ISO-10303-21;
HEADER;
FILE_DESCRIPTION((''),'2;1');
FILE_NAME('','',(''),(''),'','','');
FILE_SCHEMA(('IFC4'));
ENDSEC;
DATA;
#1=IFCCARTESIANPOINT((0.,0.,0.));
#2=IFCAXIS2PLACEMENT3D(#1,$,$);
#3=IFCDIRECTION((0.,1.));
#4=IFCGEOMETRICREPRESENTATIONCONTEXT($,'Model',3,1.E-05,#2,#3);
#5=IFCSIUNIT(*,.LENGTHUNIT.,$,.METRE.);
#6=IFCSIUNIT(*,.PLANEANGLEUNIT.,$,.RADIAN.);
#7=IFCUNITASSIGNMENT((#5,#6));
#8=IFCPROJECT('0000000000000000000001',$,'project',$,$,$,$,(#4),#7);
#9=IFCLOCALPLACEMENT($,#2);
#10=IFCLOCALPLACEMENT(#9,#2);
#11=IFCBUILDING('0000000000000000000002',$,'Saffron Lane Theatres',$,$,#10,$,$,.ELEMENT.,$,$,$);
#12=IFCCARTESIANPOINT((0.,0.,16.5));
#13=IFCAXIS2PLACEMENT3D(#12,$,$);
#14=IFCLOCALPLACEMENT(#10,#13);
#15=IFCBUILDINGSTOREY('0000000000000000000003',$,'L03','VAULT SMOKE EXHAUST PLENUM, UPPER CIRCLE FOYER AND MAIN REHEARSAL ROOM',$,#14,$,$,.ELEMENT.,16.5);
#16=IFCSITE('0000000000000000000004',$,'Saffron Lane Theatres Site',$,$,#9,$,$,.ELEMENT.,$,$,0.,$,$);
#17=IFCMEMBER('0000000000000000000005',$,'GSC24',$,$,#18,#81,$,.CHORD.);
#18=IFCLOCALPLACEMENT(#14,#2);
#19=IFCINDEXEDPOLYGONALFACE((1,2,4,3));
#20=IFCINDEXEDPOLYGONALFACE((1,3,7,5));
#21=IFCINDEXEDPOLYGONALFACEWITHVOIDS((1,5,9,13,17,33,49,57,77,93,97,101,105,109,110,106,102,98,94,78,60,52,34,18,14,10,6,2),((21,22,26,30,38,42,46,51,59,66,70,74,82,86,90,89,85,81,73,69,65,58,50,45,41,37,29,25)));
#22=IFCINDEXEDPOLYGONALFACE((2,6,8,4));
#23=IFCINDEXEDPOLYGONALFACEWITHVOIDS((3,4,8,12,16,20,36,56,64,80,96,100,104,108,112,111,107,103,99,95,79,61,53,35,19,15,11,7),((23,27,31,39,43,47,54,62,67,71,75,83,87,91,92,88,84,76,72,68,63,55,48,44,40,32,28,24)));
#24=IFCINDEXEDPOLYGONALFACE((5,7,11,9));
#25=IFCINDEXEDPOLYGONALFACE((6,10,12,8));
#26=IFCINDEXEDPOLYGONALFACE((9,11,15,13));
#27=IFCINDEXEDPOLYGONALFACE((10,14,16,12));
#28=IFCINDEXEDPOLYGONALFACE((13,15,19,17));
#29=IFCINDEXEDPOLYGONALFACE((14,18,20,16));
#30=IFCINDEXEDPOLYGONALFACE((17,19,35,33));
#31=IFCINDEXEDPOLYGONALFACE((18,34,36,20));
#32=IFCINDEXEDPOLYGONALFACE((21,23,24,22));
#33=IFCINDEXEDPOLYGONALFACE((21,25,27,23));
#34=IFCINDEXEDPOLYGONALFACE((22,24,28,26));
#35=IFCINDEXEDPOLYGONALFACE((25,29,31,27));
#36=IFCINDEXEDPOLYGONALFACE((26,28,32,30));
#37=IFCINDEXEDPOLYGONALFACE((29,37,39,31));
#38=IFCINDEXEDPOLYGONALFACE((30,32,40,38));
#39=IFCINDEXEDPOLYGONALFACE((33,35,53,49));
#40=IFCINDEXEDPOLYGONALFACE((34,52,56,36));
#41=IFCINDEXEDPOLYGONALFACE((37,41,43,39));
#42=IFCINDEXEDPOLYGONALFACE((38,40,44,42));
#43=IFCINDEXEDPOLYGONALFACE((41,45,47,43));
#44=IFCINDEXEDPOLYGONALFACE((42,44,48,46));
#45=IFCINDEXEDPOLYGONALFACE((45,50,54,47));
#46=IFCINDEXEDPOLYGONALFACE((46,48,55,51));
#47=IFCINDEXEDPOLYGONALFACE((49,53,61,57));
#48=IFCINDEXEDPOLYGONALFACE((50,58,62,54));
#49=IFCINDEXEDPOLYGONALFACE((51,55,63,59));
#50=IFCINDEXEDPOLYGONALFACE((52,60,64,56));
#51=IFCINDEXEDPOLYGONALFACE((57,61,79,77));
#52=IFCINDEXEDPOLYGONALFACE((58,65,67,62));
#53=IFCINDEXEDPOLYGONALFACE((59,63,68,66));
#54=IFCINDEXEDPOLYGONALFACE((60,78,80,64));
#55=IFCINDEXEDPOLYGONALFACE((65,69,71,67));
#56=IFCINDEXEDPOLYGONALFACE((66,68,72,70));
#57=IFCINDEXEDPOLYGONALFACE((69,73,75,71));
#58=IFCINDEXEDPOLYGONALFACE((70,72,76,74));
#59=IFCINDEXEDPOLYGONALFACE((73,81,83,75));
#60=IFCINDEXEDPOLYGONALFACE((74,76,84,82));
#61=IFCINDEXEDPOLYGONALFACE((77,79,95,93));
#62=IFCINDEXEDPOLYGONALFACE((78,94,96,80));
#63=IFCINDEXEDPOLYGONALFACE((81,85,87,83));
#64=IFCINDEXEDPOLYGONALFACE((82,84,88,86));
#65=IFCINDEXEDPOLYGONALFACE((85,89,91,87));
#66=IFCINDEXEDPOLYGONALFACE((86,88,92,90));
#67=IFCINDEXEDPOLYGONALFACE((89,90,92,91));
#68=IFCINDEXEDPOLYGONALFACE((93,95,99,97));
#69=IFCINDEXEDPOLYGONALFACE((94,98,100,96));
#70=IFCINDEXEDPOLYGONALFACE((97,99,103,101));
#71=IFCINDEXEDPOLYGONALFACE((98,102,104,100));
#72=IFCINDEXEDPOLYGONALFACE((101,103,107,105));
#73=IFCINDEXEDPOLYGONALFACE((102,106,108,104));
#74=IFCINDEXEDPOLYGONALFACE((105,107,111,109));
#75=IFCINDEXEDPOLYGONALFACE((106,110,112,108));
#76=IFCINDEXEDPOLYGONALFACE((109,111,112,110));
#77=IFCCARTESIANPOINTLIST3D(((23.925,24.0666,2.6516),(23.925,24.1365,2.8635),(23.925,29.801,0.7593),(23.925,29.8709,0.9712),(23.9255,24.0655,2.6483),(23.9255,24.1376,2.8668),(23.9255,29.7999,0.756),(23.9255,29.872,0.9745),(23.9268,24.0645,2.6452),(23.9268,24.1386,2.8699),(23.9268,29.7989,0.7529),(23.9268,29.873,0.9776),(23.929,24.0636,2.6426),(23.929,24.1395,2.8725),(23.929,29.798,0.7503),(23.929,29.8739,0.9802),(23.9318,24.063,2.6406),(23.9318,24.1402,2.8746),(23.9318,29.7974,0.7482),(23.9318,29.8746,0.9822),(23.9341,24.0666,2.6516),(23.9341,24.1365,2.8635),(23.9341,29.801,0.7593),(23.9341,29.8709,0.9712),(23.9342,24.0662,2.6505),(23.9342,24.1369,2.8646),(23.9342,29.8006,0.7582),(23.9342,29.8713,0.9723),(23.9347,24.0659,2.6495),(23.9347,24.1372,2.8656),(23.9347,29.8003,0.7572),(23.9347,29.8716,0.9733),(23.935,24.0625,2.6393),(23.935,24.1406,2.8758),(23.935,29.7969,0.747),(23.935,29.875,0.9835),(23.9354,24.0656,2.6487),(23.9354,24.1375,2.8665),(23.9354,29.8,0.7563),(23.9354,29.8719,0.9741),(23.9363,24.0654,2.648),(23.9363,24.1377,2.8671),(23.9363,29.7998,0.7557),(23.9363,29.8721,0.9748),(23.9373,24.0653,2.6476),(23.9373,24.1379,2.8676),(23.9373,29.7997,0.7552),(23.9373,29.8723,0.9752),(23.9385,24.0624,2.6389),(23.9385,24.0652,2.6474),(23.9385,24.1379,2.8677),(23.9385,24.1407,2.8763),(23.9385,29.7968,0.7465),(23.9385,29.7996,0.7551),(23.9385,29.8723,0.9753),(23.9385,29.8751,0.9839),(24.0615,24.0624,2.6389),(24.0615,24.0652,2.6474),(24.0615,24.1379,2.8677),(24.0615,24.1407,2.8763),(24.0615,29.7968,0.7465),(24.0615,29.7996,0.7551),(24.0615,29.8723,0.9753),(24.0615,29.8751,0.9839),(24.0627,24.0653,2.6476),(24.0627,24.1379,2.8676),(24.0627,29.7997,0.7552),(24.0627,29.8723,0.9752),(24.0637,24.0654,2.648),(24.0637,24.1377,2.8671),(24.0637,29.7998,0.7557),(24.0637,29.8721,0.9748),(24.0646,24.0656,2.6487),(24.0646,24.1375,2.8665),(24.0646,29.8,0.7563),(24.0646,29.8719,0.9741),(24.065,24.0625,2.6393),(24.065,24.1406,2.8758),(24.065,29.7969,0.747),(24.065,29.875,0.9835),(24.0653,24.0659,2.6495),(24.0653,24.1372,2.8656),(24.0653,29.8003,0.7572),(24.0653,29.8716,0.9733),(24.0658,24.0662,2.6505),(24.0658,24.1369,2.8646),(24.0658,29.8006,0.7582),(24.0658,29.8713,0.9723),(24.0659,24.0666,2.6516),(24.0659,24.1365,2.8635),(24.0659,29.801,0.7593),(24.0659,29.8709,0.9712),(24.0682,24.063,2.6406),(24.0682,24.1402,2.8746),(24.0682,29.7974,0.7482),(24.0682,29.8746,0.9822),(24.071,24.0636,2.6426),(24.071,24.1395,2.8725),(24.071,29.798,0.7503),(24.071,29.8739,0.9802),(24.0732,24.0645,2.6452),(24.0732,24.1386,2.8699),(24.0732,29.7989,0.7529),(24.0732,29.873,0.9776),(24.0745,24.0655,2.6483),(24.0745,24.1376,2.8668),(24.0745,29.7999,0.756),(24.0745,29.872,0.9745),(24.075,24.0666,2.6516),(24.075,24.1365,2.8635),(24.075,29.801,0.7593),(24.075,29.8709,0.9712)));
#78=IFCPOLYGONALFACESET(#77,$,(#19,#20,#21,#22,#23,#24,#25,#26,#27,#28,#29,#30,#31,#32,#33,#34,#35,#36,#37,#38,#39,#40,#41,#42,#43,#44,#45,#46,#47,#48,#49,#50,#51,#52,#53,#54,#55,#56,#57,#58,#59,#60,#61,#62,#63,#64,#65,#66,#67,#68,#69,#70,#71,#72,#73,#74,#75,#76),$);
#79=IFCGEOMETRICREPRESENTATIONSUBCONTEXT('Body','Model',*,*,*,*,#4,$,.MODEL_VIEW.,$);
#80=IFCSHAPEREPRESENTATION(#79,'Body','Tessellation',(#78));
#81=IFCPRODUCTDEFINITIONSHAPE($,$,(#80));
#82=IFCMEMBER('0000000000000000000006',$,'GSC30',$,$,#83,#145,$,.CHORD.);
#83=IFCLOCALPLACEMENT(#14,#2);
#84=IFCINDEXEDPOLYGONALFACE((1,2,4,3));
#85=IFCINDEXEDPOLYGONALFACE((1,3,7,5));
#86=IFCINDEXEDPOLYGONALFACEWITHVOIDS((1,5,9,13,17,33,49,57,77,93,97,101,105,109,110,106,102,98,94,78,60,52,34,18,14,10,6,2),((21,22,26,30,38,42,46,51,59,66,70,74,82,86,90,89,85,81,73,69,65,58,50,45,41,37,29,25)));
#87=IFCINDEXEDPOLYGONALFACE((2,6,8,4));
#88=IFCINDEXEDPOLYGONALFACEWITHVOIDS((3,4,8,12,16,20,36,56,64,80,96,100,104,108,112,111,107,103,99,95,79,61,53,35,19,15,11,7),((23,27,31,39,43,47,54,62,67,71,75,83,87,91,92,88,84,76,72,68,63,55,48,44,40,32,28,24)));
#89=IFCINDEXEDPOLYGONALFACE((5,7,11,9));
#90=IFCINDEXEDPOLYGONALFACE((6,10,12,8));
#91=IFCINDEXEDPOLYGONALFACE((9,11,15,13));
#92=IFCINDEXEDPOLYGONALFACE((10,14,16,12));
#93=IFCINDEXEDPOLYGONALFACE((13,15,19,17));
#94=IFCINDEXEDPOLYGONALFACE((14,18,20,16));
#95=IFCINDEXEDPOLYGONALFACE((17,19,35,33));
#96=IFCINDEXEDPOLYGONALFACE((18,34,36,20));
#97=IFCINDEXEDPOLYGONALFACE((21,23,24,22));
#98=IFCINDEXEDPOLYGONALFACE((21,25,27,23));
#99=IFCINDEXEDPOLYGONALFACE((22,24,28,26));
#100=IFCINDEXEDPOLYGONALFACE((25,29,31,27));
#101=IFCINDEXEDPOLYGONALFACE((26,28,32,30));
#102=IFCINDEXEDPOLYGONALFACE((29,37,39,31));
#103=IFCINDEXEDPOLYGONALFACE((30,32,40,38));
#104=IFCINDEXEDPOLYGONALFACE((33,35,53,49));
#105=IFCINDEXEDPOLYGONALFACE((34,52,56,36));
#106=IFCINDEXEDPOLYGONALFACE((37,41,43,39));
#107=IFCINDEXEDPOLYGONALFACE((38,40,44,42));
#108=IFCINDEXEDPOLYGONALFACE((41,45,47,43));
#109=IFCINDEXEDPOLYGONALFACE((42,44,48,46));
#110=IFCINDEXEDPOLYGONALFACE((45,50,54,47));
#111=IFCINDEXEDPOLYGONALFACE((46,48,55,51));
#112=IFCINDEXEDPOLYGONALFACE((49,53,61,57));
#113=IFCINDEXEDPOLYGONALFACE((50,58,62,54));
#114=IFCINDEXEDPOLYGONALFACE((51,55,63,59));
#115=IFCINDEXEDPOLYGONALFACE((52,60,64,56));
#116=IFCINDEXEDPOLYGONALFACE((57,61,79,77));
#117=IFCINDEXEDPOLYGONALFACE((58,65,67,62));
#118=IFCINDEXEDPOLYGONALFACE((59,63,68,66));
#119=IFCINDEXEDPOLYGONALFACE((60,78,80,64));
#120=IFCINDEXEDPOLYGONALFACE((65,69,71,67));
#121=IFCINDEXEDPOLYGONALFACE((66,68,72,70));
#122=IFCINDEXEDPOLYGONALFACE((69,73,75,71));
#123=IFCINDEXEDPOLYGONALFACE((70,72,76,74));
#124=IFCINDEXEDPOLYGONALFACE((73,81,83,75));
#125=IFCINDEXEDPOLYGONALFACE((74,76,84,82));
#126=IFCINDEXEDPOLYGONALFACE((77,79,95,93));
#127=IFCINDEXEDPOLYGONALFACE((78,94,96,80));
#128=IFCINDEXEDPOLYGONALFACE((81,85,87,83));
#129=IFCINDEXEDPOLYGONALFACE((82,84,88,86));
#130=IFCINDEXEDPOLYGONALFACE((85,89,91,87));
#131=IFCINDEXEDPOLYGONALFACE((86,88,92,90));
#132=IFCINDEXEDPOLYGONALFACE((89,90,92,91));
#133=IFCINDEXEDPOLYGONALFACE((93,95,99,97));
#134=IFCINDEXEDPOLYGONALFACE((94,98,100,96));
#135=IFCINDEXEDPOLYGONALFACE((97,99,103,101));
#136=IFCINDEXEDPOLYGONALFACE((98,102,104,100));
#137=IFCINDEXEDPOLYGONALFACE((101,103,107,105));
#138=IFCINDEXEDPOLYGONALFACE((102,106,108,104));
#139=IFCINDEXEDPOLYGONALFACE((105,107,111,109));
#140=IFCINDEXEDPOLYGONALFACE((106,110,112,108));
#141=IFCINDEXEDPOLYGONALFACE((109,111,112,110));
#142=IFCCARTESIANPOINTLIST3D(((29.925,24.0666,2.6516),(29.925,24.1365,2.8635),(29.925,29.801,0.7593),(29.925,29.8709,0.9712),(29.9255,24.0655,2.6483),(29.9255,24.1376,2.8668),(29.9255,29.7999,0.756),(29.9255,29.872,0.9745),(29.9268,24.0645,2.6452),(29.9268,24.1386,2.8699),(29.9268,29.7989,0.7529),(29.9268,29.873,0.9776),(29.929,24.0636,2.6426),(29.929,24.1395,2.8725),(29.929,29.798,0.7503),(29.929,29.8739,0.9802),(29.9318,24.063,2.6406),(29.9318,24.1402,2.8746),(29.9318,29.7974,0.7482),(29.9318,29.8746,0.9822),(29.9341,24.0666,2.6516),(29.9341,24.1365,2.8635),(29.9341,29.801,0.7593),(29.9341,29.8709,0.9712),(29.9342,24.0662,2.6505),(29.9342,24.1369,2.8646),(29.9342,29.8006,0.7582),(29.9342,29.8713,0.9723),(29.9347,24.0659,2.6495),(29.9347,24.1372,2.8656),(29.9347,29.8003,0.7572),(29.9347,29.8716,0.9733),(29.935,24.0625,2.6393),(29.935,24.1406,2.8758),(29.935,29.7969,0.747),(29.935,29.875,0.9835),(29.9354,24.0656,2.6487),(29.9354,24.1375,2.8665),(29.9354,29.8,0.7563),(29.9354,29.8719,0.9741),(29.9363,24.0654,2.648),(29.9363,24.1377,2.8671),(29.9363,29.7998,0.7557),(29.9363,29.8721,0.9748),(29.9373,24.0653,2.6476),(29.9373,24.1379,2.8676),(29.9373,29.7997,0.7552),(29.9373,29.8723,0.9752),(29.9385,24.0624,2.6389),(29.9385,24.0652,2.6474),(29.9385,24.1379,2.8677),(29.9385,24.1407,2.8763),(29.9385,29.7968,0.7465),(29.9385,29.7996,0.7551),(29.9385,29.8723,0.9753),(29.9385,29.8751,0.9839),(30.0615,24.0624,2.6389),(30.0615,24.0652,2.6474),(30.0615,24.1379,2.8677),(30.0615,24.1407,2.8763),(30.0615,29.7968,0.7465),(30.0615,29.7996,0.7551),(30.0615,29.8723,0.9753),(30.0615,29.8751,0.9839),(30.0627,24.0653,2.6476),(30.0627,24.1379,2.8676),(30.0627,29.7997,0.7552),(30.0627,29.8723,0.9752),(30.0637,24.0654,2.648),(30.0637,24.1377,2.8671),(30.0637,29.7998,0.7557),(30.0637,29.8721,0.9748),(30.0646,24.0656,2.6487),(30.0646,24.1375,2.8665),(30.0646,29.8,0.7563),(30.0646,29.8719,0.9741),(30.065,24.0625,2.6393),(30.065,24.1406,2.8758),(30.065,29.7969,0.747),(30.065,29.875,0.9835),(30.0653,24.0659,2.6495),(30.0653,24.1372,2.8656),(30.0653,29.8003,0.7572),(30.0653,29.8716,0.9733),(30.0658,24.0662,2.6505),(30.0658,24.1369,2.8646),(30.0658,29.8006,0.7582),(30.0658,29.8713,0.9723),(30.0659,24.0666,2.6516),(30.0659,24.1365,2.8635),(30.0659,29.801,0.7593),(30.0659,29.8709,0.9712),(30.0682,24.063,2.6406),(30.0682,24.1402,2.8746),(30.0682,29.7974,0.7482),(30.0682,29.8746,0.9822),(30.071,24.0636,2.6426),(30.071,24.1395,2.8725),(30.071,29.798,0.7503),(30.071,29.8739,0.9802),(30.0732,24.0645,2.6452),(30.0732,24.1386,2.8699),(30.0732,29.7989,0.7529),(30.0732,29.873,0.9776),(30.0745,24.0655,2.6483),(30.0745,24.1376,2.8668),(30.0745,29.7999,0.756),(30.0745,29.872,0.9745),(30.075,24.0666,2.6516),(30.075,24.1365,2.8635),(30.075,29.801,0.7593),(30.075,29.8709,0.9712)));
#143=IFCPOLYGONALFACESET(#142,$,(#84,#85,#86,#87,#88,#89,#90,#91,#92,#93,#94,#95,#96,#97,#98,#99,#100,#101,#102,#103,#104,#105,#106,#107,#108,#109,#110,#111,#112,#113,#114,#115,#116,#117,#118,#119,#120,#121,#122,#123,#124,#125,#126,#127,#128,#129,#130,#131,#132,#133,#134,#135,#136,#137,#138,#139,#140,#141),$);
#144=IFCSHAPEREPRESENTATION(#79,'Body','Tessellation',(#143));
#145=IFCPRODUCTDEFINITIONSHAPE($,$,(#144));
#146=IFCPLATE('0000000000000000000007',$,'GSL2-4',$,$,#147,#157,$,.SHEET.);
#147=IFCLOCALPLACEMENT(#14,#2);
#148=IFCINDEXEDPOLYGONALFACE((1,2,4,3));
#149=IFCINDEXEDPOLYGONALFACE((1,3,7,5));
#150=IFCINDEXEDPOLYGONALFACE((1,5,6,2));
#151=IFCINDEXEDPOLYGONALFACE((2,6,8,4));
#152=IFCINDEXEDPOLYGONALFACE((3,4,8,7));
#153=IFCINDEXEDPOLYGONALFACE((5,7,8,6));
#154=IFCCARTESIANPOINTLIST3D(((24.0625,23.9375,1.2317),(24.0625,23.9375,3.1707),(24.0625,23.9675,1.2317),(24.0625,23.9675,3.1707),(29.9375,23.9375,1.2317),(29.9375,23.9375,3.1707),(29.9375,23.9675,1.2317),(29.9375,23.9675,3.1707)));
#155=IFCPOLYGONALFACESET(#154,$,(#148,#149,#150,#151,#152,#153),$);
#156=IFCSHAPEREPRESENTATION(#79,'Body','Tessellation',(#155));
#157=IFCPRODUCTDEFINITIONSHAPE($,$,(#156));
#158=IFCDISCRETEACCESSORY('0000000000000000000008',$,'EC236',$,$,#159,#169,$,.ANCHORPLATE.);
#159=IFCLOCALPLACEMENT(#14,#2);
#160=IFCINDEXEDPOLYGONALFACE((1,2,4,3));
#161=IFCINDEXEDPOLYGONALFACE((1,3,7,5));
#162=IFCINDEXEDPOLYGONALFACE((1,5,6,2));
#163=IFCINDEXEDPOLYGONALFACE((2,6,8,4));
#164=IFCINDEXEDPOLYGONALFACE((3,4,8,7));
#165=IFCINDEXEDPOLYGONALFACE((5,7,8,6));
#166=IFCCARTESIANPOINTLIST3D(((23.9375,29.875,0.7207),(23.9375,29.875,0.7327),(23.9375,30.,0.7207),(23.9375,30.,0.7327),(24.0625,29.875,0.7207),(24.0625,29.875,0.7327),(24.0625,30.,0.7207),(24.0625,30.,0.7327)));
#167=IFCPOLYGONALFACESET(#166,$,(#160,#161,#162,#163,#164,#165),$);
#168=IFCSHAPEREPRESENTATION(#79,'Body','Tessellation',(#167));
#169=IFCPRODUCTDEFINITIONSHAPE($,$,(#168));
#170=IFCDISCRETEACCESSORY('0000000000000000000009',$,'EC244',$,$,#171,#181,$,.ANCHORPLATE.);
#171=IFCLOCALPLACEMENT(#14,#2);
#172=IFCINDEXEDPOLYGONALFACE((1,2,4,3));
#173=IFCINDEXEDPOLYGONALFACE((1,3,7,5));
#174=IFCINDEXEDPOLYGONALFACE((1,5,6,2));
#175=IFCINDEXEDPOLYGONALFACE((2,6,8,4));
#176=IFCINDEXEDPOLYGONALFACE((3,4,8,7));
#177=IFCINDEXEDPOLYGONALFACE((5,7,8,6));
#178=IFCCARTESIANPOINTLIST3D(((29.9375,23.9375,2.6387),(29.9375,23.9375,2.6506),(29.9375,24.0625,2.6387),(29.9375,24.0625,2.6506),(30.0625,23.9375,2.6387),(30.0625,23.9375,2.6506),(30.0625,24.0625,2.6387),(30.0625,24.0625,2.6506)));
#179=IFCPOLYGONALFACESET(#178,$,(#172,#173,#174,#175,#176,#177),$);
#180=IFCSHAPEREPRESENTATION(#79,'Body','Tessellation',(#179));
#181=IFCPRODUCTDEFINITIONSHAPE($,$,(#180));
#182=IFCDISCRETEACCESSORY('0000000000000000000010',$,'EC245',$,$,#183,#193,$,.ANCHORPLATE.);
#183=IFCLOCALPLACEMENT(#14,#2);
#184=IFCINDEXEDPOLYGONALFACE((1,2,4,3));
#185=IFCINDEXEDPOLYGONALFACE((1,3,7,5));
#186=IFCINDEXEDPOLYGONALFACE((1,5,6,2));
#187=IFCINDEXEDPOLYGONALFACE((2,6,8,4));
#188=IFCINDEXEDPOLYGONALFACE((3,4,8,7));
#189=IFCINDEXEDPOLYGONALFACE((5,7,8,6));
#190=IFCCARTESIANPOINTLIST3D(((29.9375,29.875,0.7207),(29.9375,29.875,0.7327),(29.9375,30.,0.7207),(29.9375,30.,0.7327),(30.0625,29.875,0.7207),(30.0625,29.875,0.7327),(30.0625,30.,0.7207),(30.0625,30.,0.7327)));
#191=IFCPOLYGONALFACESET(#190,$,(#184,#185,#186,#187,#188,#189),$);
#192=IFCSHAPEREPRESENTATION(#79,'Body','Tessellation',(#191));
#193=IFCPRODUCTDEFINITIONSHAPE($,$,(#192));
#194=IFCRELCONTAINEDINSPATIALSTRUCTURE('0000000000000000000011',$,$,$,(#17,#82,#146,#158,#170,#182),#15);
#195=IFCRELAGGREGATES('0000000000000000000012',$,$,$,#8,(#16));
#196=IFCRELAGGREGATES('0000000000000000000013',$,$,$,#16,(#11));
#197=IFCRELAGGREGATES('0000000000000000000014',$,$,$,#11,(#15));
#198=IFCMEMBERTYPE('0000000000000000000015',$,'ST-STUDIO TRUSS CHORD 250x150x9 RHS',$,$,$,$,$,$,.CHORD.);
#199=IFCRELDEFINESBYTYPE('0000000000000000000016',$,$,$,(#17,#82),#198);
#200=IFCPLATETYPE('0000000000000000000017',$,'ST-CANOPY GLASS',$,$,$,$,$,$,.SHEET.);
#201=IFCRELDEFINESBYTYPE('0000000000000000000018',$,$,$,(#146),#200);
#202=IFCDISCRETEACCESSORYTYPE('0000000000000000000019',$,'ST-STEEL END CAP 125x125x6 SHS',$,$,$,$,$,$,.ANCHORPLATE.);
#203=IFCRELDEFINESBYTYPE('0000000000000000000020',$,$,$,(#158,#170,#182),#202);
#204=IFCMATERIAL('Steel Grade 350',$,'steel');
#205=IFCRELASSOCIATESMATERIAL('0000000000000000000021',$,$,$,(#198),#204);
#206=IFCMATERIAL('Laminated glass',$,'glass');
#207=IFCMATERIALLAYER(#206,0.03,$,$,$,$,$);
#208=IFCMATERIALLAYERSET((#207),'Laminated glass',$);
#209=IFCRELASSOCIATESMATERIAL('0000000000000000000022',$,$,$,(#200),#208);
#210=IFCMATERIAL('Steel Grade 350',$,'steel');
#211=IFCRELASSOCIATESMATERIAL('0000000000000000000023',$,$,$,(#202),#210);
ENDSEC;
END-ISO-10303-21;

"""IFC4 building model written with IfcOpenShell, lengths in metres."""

from ifc_helpers import new_model, si_unit, direction, frame, origin, origin_2d, place, context, subcontext, project, spatial, polyline, rectangle, hollow_rectangle, outline, extrude, material, layer, layer_set, material_profile, profile_set, type_object, element, save


model = new_model("IFC4")

# Units and contexts
model_context = context("Model", 3, precision=1e-05, world=origin(), true_north=direction((0.0, 1.0)))
body_context = subcontext(model_context, "Body", "Model", "MODEL_VIEW")
ifc_project = project(units=[si_unit("LENGTHUNIT", "METRE"), si_unit("PLANEANGLEUNIT", "RADIAN")], contexts=[model_context])

# Site, building, storey
site_placement = place(None, origin())
site = spatial("IfcSite", under=ifc_project, at=site_placement, Name="Saffron Lane Theatres Site", CompositionType="ELEMENT", RefElevation=0.0)
building_placement = place(site_placement, origin())
building = spatial("IfcBuilding", under=site, at=building_placement, Name="Saffron Lane Theatres", CompositionType="ELEMENT")
storey_placement = place(building_placement, frame((0.0, 0.0, 16.5)))
storey = spatial("IfcBuildingStorey", under=building, at=storey_placement, Name="L03", Description="VAULT SMOKE EXHAUST PLENUM, UPPER CIRCLE FOYER AND MAIN REHEARSAL ROOM", CompositionType="ELEMENT", Elevation=16.5)

# Members
ifc_material_1 = material(Name="Steel Grade 350", Category="steel")
ifc_material_profile_1 = material_profile(ifc_material_1, hollow_rectangle(XDim=0.1499, YDim=0.25, WallThickness=0.009, InnerFilletRadius=0.0044, OuterFilletRadius=0.0134, at=origin_2d()))
ifc_profile_set_1 = profile_set([ifc_material_profile_1], Name="Steel Grade 350")
member_type_1 = type_object("IfcMemberType", Name="ST-STUDIO TRUSS CHORD 250x150x9 RHS", PredefinedType="CHORD", material=ifc_profile_set_1)
for number, where, z_axis, x_axis, name in (
    (1, (24.0, 24.1016, 2.7576), (0.0, 0.949629, -0.313376), (-1.0, 0.0, 0.0), "GSC24"),
    (2, (30.0, 24.1016, 2.7576), (0.0, 0.949629, -0.313376), (-1.0, 0.0, 0.0), "GSC30"),
):
    element("IfcMember", number, at=place(storey_placement, frame(where, z_axis=z_axis, x_axis=x_axis)), inside=storey, type_object=member_type_1, Name=name, PredefinedType="CHORD", context=body_context, shape_type="SweptSolid", body=[
        extrude(hollow_rectangle(XDim=0.1499, YDim=0.25, WallThickness=0.009, InnerFilletRadius=0.0044, OuterFilletRadius=0.0134, at=origin_2d()), origin(), (0.0, 0.0, 1.0), 6.0386),
    ])

# Plate
ifc_material_2 = material(Name="Laminated glass", Category="glass")
ifc_layer = layer(ifc_material_2, 0.03)
ifc_layer_set = layer_set([ifc_layer], Name="Laminated glass")
plate_type = type_object("IfcPlateType", Name="ST-CANOPY GLASS", PredefinedType="SHEET", material=ifc_layer_set)
plate_placement = place(storey_placement, frame((29.9375, 23.9375, 1.2317), z_axis=(0.0, -1.0, 0.0), x_axis=(0.0, 0.0, 1.0)))
element("IfcPlate", 3, at=plate_placement, inside=storey, type_object=plate_type, Name="GSL2-4", PredefinedType="SHEET", context=body_context, shape_type="SweptSolid", body=[
    extrude(outline(polyline([(0.0, 0.0), (1.939, 0.0), (1.939, 5.875), (0.0, 5.875), (0.0, 0.0)])), origin(), (0.0, 0.0, -1.0), 0.03),
])

# Discrete accessories
ifc_material_3 = material(Name="Steel Grade 350", Category="steel")
ifc_material_profile_2 = material_profile(ifc_material_3, rectangle(XDim=0.125, YDim=0.125, at=origin_2d()))
ifc_profile_set_2 = profile_set([ifc_material_profile_2], Name="Steel Grade 350")
discrete_accessory_type_1 = type_object("IfcDiscreteAccessoryType", Name="ST-STEEL END CAP 125x125x6 SHS", PredefinedType="ANCHORPLATE", material=ifc_profile_set_2)
for number, where, z_axis, x_axis, name in (
    (4, (24.0, 29.9375, 0.7207), (0.0, 0.0, 1.0), (1.0, 0.0, 0.0), "EC236"),
    (5, (30.0, 24.0, 2.6387), (0.0, 0.0, 1.0), (1.0, 0.0, 0.0), "EC244"),
    (6, (30.0, 29.9375, 0.7207), (0.0, 0.0, 1.0), (1.0, 0.0, 0.0), "EC245"),
):
    element("IfcDiscreteAccessory", number, at=place(storey_placement, frame(where, z_axis=z_axis, x_axis=x_axis)), inside=storey, type_object=discrete_accessory_type_1, Name=name, PredefinedType="ANCHORPLATE", context=body_context, shape_type="SweptSolid", body=[
        extrude(rectangle(XDim=0.125, YDim=0.125, at=origin_2d()), origin(), (0.0, 0.0, 1.0), 0.012),
    ])

save(model, "model.ifc")
